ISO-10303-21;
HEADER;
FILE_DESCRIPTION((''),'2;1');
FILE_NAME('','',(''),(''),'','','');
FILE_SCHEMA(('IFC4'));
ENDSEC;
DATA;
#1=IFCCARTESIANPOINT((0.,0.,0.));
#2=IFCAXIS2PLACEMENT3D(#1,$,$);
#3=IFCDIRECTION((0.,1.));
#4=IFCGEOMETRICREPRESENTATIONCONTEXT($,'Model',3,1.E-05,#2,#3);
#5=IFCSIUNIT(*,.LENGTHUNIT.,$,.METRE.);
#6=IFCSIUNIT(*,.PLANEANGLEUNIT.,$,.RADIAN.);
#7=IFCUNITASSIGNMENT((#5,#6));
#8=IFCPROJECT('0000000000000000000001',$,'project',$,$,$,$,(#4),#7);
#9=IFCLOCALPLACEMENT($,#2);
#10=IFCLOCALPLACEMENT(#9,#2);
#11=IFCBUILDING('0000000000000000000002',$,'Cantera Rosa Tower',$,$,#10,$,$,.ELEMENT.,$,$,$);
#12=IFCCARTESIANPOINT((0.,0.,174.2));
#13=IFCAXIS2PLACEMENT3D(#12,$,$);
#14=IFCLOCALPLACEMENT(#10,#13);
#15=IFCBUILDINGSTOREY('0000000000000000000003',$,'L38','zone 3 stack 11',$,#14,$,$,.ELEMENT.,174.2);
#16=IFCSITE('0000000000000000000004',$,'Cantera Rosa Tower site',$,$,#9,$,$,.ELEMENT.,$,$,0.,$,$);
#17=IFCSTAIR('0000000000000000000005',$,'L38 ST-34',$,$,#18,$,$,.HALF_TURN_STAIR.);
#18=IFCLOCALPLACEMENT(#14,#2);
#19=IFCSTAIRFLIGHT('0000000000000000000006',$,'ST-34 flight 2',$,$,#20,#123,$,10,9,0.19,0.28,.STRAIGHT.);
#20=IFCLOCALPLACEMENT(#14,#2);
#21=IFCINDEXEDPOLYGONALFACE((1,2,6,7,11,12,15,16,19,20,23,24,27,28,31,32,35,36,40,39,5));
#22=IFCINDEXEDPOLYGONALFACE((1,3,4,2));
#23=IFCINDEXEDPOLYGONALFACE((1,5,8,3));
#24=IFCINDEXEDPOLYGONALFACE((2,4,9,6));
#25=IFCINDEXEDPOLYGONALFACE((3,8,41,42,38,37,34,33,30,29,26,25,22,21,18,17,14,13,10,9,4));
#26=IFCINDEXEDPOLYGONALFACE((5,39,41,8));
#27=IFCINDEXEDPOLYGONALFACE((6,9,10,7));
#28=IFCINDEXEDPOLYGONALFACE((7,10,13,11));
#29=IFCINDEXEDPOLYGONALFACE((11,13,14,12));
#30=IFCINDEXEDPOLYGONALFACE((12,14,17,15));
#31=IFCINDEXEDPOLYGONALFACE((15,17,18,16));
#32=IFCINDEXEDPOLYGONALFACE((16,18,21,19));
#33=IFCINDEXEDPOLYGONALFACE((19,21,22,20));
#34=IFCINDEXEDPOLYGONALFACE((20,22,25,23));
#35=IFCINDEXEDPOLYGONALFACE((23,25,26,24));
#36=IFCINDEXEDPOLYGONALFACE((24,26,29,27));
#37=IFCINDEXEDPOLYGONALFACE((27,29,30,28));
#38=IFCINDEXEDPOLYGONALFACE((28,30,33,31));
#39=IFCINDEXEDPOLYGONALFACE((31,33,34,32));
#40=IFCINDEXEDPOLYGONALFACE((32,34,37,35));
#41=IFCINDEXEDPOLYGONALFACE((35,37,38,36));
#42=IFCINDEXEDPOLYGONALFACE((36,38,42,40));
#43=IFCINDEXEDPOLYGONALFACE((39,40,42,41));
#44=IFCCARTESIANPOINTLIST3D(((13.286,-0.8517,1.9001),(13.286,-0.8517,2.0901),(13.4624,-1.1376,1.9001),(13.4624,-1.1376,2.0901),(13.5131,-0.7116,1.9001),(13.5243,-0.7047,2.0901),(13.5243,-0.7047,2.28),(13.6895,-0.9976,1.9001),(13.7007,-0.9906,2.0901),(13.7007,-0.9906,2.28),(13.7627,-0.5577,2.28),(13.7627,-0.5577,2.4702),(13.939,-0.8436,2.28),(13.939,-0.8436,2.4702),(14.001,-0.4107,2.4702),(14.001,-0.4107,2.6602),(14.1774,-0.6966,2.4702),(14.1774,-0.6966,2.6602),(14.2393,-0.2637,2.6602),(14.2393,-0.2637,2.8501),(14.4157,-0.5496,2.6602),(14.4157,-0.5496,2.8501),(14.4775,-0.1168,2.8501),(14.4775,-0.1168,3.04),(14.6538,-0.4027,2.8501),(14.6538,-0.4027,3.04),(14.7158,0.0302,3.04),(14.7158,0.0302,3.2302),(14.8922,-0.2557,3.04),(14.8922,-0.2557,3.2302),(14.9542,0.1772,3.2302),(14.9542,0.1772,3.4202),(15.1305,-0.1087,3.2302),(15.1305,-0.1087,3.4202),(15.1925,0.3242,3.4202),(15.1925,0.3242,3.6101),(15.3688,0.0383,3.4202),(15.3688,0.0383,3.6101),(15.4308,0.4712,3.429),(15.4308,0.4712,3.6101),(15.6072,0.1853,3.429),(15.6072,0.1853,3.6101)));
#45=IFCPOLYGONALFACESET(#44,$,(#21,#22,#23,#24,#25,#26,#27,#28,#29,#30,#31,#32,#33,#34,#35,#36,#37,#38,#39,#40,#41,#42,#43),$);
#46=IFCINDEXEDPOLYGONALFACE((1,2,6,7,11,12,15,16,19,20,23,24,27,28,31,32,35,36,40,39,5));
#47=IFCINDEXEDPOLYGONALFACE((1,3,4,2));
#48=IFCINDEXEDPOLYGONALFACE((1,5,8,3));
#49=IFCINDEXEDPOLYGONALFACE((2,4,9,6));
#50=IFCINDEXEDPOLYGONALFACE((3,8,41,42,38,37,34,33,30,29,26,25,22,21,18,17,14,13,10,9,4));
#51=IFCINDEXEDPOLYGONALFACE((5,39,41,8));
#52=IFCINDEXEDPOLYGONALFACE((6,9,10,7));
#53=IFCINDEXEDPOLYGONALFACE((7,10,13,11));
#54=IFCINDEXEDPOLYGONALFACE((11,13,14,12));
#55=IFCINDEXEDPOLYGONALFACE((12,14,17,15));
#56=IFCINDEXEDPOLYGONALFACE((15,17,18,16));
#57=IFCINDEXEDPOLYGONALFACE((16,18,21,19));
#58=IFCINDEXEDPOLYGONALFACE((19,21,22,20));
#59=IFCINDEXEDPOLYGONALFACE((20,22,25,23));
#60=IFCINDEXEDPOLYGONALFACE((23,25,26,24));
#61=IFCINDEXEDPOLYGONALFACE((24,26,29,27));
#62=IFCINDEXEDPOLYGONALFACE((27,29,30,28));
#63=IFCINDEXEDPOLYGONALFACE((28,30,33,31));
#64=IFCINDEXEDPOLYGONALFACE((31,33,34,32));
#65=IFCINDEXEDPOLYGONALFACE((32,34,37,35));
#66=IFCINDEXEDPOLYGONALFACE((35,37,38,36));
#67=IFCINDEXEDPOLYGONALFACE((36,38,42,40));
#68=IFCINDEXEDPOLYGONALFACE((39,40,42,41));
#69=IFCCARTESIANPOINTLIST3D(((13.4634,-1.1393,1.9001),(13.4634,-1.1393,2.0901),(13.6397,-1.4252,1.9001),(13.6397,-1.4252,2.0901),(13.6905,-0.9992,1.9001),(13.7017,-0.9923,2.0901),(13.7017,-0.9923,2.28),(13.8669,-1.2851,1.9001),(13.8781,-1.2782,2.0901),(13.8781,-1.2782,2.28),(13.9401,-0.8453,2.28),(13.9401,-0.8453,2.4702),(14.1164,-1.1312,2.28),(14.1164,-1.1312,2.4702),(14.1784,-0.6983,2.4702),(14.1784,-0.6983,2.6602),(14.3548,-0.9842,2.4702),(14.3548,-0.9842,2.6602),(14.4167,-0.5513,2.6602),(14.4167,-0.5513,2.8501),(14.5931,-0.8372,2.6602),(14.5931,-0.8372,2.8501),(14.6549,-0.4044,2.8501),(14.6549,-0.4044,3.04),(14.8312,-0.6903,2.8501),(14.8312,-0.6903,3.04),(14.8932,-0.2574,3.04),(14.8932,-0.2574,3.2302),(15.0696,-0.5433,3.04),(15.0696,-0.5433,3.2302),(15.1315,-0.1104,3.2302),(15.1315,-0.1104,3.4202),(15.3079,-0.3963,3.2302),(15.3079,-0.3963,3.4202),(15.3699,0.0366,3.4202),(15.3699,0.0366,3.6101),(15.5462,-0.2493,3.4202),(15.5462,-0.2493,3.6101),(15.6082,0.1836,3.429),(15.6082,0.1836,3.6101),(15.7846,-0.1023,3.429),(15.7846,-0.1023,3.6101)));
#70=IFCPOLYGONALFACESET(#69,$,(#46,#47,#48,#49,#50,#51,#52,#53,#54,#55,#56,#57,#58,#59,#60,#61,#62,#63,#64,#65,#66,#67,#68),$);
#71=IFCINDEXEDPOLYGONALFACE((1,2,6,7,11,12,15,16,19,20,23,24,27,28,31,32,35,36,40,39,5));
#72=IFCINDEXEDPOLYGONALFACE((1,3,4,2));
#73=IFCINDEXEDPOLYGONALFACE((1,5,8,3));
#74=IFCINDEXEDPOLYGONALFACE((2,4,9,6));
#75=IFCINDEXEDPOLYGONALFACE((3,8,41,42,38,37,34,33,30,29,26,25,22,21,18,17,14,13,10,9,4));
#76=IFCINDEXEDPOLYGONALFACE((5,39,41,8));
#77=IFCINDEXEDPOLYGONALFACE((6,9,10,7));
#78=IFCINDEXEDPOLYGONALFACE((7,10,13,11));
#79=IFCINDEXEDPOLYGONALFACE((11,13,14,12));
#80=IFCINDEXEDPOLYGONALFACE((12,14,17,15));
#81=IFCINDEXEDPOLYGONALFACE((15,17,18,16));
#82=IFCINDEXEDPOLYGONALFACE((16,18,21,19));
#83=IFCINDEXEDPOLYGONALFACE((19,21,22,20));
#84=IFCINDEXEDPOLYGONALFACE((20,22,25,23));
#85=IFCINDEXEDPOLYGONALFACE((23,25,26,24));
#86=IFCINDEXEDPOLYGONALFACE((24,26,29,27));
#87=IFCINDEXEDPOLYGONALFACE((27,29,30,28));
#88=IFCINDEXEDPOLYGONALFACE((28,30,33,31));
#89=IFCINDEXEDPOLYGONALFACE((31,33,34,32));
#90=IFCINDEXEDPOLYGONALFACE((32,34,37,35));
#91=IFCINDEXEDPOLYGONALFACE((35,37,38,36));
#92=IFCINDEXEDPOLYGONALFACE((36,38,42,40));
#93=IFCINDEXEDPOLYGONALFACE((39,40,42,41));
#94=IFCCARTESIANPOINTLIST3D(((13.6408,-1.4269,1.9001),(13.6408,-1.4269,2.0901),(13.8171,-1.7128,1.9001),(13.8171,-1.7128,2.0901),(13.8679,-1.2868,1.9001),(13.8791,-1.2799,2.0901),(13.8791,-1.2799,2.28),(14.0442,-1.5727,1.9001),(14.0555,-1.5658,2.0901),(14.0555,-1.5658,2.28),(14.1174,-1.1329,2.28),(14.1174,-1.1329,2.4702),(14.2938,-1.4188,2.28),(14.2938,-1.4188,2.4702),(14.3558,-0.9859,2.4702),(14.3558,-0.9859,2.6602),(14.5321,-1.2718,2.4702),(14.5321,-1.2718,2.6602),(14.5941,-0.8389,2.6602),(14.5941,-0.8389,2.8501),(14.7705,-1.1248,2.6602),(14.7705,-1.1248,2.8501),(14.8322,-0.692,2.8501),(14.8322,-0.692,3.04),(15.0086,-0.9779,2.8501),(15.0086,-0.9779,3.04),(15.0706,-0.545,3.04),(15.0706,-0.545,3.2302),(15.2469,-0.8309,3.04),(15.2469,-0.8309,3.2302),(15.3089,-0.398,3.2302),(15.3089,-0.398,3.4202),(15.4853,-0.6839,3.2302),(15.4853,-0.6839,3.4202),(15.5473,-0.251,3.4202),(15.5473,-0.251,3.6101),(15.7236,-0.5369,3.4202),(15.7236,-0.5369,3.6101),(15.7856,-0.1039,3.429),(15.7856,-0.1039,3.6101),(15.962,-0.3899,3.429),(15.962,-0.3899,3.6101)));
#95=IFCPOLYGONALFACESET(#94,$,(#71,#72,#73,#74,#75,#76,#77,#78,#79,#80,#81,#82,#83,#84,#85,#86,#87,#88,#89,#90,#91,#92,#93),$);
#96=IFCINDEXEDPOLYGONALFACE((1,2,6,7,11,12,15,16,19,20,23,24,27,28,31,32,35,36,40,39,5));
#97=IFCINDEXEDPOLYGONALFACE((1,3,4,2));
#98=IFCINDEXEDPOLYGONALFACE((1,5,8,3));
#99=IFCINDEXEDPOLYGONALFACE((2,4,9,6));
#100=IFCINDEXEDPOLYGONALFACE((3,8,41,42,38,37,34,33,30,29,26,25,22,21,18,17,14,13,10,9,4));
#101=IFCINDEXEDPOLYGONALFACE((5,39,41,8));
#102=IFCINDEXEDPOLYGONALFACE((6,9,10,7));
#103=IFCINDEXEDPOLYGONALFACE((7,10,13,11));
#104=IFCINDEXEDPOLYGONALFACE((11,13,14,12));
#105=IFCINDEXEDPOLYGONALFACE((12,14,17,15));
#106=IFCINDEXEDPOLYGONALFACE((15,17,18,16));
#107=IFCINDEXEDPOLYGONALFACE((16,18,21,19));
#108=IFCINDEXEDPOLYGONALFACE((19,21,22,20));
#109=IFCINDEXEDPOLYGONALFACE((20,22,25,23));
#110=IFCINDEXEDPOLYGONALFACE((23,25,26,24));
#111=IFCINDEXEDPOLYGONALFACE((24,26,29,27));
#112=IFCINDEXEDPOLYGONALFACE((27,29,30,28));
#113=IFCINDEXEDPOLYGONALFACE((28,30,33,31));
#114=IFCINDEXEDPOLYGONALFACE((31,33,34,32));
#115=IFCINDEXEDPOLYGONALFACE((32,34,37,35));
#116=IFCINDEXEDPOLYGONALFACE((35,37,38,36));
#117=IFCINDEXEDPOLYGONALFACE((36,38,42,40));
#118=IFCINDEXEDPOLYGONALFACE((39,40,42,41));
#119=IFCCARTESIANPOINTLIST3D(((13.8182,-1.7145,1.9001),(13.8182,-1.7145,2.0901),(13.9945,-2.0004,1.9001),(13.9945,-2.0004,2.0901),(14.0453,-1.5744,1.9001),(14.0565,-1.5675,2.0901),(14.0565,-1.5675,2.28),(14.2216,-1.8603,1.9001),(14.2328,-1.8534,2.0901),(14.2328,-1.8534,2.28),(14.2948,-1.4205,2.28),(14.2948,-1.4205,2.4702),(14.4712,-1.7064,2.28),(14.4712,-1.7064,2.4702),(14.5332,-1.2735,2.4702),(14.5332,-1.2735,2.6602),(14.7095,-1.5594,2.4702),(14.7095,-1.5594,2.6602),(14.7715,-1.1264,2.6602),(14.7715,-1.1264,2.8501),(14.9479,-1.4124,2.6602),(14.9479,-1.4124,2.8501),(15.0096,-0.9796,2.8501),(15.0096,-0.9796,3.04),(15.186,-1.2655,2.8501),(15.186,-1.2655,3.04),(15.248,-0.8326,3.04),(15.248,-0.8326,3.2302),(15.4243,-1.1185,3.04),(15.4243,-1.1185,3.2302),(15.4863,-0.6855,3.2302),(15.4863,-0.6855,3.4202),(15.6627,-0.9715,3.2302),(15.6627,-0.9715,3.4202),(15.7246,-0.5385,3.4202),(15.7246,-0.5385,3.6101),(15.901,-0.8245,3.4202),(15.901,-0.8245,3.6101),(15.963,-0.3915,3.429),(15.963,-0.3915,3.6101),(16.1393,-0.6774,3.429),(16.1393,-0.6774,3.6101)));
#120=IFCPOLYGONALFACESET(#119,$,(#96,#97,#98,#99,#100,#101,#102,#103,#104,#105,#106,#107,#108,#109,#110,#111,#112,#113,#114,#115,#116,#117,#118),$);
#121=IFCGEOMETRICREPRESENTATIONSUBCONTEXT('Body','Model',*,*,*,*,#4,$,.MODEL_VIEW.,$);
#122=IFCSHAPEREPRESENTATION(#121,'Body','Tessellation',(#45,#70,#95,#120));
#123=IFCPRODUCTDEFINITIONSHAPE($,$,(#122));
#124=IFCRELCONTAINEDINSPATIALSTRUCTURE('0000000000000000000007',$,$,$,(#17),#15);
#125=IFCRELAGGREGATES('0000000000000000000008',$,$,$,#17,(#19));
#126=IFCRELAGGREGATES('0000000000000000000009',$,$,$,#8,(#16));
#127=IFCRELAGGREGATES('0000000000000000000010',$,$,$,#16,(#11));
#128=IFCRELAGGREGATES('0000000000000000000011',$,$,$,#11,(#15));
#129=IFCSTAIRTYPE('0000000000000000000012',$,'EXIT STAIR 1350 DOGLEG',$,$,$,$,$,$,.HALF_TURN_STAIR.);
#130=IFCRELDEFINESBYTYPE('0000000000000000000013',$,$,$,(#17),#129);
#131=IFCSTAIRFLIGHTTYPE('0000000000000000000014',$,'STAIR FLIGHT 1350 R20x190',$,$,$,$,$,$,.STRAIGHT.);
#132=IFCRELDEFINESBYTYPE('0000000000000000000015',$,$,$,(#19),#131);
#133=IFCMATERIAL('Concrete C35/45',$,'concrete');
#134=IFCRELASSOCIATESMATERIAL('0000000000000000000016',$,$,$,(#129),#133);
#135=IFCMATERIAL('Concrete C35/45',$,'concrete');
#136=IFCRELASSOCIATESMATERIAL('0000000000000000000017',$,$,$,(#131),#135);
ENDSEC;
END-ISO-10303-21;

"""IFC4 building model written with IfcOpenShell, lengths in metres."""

from ifc_helpers import new_model, si_unit, direction, frame, origin, place, context, subcontext, project, spatial, polyline, outline, extrude, material, type_object, element, aggregate, save


model = new_model("IFC4")

# Units and contexts
model_context = context("Model", 3, precision=1e-05, world=origin(), true_north=direction((0.0, 1.0)))
body_context = subcontext(model_context, "Body", "Model", "MODEL_VIEW")
ifc_project = project(units=[si_unit("LENGTHUNIT", "METRE"), si_unit("PLANEANGLEUNIT", "RADIAN")], contexts=[model_context])

# Site, building, storey
site_placement = place(None, origin())
site = spatial("IfcSite", under=ifc_project, at=site_placement, Name="Cantera Rosa Tower site", CompositionType="ELEMENT", RefElevation=0.0)
building_placement = place(site_placement, origin())
building = spatial("IfcBuilding", under=site, at=building_placement, Name="Cantera Rosa Tower", CompositionType="ELEMENT")
storey_placement = place(building_placement, frame((0.0, 0.0, 174.2)))
storey = spatial("IfcBuildingStorey", under=building, at=storey_placement, Name="L38", Description="zone 3 stack 11", CompositionType="ELEMENT", Elevation=174.2)

# Stair, stair flight
ifc_material_1 = material(Name="Concrete C35/45", Category="concrete")
stair_type = type_object("IfcStairType", Name="EXIT STAIR 1350 DOGLEG", PredefinedType="HALF_TURN_STAIR", material=ifc_material_1)
stair_placement = place(storey_placement, origin())
stair = element("IfcStair", 1, at=stair_placement, inside=storey, type_object=stair_type, Name="L38 ST-34", PredefinedType="HALF_TURN_STAIR")
ifc_material_2 = material(Name="Concrete C35/45", Category="concrete")
stair_flight_type = type_object("IfcStairFlightType", Name="STAIR FLIGHT 1350 R20x190", PredefinedType="STRAIGHT", material=ifc_material_2)
stair_flight_placement = place(storey_placement, frame((13.6404, -1.4263, 1.9001), z_axis=(0.0, 0.0, 1.0), x_axis=(0.851117, 0.524977, 0.0)))
stair_flight = element("IfcStairFlight", 2, at=stair_flight_placement, type_object=stair_flight_type, Name="ST-34 flight 2", NumberOfRisers=10, NumberOfTreads=9, PredefinedType="STRAIGHT", RiserHeight=0.19, TreadLength=0.28, context=body_context, shape_type="SweptSolid", body=[
    extrude(outline(polyline([(0.0, 0.0), (0.0, 0.1899), (0.28, 0.1899), (0.28, 0.3799), (0.5601, 0.3799), (0.5601, 0.5701), (0.8401, 0.5701), (0.8401, 0.76), (1.1201, 0.76), (1.1201, 0.95), (1.3999, 0.95), (1.3999, 1.1399), (1.6799, 1.1399), (1.6799, 1.3301), (1.96, 1.3301), (1.96, 1.52), (2.24, 1.52), (2.24, 1.71), (2.52, 1.71), (2.52, 1.8999), (2.52, 1.5288), (0.2668, 0.0), (0.0, 0.0)])), frame((0.0, 0.675, 0.0), z_axis=(0.0, -1.0, 0.0), x_axis=(1.0, 0.0, 0.0)), (0.0, 0.0, 1.0), 0.3359),
    extrude(outline(polyline([(0.0, 0.0), (0.0, 0.1899), (0.28, 0.1899), (0.28, 0.3799), (0.5601, 0.3799), (0.5601, 0.5701), (0.8401, 0.5701), (0.8401, 0.76), (1.1201, 0.76), (1.1201, 0.95), (1.3999, 0.95), (1.3999, 1.1399), (1.6799, 1.1399), (1.6799, 1.3301), (1.96, 1.3301), (1.96, 1.52), (2.24, 1.52), (2.24, 1.71), (2.52, 1.71), (2.52, 1.8999), (2.52, 1.5288), (0.2668, 0.0), (0.0, 0.0)])), frame((0.0, 0.3372, 0.0), z_axis=(0.0, -1.0, 0.0), x_axis=(1.0, 0.0, 0.0)), (0.0, 0.0, 1.0), 0.3359),
    extrude(outline(polyline([(0.0, 0.0), (0.0, 0.1899), (0.28, 0.1899), (0.28, 0.3799), (0.5601, 0.3799), (0.5601, 0.5701), (0.8401, 0.5701), (0.8401, 0.76), (1.1201, 0.76), (1.1201, 0.95), (1.3999, 0.95), (1.3999, 1.1399), (1.6799, 1.1399), (1.6799, 1.3301), (1.96, 1.3301), (1.96, 1.52), (2.24, 1.52), (2.24, 1.71), (2.52, 1.71), (2.52, 1.8999), (2.52, 1.5288), (0.2668, 0.0), (0.0, 0.0)])), frame((0.0, -0.0007, 0.0), z_axis=(0.0, -1.0, 0.0), x_axis=(1.0, 0.0, 0.0)), (0.0, 0.0, 1.0), 0.3359),
    extrude(outline(polyline([(0.0, 0.0), (0.0, 0.1899), (0.28, 0.1899), (0.28, 0.3799), (0.5601, 0.3799), (0.5601, 0.5701), (0.8401, 0.5701), (0.8401, 0.76), (1.1201, 0.76), (1.1201, 0.95), (1.3999, 0.95), (1.3999, 1.1399), (1.6799, 1.1399), (1.6799, 1.3301), (1.96, 1.3301), (1.96, 1.52), (2.24, 1.52), (2.24, 1.71), (2.52, 1.71), (2.52, 1.8999), (2.52, 1.5288), (0.2668, 0.0), (0.0, 0.0)])), frame((0.0, -0.3386, 0.0), z_axis=(0.0, -1.0, 0.0), x_axis=(1.0, 0.0, 0.0)), (0.0, 0.0, 1.0), 0.3359),
])
aggregate(stair, [stair_flight])

save(model, "model.ifc")
